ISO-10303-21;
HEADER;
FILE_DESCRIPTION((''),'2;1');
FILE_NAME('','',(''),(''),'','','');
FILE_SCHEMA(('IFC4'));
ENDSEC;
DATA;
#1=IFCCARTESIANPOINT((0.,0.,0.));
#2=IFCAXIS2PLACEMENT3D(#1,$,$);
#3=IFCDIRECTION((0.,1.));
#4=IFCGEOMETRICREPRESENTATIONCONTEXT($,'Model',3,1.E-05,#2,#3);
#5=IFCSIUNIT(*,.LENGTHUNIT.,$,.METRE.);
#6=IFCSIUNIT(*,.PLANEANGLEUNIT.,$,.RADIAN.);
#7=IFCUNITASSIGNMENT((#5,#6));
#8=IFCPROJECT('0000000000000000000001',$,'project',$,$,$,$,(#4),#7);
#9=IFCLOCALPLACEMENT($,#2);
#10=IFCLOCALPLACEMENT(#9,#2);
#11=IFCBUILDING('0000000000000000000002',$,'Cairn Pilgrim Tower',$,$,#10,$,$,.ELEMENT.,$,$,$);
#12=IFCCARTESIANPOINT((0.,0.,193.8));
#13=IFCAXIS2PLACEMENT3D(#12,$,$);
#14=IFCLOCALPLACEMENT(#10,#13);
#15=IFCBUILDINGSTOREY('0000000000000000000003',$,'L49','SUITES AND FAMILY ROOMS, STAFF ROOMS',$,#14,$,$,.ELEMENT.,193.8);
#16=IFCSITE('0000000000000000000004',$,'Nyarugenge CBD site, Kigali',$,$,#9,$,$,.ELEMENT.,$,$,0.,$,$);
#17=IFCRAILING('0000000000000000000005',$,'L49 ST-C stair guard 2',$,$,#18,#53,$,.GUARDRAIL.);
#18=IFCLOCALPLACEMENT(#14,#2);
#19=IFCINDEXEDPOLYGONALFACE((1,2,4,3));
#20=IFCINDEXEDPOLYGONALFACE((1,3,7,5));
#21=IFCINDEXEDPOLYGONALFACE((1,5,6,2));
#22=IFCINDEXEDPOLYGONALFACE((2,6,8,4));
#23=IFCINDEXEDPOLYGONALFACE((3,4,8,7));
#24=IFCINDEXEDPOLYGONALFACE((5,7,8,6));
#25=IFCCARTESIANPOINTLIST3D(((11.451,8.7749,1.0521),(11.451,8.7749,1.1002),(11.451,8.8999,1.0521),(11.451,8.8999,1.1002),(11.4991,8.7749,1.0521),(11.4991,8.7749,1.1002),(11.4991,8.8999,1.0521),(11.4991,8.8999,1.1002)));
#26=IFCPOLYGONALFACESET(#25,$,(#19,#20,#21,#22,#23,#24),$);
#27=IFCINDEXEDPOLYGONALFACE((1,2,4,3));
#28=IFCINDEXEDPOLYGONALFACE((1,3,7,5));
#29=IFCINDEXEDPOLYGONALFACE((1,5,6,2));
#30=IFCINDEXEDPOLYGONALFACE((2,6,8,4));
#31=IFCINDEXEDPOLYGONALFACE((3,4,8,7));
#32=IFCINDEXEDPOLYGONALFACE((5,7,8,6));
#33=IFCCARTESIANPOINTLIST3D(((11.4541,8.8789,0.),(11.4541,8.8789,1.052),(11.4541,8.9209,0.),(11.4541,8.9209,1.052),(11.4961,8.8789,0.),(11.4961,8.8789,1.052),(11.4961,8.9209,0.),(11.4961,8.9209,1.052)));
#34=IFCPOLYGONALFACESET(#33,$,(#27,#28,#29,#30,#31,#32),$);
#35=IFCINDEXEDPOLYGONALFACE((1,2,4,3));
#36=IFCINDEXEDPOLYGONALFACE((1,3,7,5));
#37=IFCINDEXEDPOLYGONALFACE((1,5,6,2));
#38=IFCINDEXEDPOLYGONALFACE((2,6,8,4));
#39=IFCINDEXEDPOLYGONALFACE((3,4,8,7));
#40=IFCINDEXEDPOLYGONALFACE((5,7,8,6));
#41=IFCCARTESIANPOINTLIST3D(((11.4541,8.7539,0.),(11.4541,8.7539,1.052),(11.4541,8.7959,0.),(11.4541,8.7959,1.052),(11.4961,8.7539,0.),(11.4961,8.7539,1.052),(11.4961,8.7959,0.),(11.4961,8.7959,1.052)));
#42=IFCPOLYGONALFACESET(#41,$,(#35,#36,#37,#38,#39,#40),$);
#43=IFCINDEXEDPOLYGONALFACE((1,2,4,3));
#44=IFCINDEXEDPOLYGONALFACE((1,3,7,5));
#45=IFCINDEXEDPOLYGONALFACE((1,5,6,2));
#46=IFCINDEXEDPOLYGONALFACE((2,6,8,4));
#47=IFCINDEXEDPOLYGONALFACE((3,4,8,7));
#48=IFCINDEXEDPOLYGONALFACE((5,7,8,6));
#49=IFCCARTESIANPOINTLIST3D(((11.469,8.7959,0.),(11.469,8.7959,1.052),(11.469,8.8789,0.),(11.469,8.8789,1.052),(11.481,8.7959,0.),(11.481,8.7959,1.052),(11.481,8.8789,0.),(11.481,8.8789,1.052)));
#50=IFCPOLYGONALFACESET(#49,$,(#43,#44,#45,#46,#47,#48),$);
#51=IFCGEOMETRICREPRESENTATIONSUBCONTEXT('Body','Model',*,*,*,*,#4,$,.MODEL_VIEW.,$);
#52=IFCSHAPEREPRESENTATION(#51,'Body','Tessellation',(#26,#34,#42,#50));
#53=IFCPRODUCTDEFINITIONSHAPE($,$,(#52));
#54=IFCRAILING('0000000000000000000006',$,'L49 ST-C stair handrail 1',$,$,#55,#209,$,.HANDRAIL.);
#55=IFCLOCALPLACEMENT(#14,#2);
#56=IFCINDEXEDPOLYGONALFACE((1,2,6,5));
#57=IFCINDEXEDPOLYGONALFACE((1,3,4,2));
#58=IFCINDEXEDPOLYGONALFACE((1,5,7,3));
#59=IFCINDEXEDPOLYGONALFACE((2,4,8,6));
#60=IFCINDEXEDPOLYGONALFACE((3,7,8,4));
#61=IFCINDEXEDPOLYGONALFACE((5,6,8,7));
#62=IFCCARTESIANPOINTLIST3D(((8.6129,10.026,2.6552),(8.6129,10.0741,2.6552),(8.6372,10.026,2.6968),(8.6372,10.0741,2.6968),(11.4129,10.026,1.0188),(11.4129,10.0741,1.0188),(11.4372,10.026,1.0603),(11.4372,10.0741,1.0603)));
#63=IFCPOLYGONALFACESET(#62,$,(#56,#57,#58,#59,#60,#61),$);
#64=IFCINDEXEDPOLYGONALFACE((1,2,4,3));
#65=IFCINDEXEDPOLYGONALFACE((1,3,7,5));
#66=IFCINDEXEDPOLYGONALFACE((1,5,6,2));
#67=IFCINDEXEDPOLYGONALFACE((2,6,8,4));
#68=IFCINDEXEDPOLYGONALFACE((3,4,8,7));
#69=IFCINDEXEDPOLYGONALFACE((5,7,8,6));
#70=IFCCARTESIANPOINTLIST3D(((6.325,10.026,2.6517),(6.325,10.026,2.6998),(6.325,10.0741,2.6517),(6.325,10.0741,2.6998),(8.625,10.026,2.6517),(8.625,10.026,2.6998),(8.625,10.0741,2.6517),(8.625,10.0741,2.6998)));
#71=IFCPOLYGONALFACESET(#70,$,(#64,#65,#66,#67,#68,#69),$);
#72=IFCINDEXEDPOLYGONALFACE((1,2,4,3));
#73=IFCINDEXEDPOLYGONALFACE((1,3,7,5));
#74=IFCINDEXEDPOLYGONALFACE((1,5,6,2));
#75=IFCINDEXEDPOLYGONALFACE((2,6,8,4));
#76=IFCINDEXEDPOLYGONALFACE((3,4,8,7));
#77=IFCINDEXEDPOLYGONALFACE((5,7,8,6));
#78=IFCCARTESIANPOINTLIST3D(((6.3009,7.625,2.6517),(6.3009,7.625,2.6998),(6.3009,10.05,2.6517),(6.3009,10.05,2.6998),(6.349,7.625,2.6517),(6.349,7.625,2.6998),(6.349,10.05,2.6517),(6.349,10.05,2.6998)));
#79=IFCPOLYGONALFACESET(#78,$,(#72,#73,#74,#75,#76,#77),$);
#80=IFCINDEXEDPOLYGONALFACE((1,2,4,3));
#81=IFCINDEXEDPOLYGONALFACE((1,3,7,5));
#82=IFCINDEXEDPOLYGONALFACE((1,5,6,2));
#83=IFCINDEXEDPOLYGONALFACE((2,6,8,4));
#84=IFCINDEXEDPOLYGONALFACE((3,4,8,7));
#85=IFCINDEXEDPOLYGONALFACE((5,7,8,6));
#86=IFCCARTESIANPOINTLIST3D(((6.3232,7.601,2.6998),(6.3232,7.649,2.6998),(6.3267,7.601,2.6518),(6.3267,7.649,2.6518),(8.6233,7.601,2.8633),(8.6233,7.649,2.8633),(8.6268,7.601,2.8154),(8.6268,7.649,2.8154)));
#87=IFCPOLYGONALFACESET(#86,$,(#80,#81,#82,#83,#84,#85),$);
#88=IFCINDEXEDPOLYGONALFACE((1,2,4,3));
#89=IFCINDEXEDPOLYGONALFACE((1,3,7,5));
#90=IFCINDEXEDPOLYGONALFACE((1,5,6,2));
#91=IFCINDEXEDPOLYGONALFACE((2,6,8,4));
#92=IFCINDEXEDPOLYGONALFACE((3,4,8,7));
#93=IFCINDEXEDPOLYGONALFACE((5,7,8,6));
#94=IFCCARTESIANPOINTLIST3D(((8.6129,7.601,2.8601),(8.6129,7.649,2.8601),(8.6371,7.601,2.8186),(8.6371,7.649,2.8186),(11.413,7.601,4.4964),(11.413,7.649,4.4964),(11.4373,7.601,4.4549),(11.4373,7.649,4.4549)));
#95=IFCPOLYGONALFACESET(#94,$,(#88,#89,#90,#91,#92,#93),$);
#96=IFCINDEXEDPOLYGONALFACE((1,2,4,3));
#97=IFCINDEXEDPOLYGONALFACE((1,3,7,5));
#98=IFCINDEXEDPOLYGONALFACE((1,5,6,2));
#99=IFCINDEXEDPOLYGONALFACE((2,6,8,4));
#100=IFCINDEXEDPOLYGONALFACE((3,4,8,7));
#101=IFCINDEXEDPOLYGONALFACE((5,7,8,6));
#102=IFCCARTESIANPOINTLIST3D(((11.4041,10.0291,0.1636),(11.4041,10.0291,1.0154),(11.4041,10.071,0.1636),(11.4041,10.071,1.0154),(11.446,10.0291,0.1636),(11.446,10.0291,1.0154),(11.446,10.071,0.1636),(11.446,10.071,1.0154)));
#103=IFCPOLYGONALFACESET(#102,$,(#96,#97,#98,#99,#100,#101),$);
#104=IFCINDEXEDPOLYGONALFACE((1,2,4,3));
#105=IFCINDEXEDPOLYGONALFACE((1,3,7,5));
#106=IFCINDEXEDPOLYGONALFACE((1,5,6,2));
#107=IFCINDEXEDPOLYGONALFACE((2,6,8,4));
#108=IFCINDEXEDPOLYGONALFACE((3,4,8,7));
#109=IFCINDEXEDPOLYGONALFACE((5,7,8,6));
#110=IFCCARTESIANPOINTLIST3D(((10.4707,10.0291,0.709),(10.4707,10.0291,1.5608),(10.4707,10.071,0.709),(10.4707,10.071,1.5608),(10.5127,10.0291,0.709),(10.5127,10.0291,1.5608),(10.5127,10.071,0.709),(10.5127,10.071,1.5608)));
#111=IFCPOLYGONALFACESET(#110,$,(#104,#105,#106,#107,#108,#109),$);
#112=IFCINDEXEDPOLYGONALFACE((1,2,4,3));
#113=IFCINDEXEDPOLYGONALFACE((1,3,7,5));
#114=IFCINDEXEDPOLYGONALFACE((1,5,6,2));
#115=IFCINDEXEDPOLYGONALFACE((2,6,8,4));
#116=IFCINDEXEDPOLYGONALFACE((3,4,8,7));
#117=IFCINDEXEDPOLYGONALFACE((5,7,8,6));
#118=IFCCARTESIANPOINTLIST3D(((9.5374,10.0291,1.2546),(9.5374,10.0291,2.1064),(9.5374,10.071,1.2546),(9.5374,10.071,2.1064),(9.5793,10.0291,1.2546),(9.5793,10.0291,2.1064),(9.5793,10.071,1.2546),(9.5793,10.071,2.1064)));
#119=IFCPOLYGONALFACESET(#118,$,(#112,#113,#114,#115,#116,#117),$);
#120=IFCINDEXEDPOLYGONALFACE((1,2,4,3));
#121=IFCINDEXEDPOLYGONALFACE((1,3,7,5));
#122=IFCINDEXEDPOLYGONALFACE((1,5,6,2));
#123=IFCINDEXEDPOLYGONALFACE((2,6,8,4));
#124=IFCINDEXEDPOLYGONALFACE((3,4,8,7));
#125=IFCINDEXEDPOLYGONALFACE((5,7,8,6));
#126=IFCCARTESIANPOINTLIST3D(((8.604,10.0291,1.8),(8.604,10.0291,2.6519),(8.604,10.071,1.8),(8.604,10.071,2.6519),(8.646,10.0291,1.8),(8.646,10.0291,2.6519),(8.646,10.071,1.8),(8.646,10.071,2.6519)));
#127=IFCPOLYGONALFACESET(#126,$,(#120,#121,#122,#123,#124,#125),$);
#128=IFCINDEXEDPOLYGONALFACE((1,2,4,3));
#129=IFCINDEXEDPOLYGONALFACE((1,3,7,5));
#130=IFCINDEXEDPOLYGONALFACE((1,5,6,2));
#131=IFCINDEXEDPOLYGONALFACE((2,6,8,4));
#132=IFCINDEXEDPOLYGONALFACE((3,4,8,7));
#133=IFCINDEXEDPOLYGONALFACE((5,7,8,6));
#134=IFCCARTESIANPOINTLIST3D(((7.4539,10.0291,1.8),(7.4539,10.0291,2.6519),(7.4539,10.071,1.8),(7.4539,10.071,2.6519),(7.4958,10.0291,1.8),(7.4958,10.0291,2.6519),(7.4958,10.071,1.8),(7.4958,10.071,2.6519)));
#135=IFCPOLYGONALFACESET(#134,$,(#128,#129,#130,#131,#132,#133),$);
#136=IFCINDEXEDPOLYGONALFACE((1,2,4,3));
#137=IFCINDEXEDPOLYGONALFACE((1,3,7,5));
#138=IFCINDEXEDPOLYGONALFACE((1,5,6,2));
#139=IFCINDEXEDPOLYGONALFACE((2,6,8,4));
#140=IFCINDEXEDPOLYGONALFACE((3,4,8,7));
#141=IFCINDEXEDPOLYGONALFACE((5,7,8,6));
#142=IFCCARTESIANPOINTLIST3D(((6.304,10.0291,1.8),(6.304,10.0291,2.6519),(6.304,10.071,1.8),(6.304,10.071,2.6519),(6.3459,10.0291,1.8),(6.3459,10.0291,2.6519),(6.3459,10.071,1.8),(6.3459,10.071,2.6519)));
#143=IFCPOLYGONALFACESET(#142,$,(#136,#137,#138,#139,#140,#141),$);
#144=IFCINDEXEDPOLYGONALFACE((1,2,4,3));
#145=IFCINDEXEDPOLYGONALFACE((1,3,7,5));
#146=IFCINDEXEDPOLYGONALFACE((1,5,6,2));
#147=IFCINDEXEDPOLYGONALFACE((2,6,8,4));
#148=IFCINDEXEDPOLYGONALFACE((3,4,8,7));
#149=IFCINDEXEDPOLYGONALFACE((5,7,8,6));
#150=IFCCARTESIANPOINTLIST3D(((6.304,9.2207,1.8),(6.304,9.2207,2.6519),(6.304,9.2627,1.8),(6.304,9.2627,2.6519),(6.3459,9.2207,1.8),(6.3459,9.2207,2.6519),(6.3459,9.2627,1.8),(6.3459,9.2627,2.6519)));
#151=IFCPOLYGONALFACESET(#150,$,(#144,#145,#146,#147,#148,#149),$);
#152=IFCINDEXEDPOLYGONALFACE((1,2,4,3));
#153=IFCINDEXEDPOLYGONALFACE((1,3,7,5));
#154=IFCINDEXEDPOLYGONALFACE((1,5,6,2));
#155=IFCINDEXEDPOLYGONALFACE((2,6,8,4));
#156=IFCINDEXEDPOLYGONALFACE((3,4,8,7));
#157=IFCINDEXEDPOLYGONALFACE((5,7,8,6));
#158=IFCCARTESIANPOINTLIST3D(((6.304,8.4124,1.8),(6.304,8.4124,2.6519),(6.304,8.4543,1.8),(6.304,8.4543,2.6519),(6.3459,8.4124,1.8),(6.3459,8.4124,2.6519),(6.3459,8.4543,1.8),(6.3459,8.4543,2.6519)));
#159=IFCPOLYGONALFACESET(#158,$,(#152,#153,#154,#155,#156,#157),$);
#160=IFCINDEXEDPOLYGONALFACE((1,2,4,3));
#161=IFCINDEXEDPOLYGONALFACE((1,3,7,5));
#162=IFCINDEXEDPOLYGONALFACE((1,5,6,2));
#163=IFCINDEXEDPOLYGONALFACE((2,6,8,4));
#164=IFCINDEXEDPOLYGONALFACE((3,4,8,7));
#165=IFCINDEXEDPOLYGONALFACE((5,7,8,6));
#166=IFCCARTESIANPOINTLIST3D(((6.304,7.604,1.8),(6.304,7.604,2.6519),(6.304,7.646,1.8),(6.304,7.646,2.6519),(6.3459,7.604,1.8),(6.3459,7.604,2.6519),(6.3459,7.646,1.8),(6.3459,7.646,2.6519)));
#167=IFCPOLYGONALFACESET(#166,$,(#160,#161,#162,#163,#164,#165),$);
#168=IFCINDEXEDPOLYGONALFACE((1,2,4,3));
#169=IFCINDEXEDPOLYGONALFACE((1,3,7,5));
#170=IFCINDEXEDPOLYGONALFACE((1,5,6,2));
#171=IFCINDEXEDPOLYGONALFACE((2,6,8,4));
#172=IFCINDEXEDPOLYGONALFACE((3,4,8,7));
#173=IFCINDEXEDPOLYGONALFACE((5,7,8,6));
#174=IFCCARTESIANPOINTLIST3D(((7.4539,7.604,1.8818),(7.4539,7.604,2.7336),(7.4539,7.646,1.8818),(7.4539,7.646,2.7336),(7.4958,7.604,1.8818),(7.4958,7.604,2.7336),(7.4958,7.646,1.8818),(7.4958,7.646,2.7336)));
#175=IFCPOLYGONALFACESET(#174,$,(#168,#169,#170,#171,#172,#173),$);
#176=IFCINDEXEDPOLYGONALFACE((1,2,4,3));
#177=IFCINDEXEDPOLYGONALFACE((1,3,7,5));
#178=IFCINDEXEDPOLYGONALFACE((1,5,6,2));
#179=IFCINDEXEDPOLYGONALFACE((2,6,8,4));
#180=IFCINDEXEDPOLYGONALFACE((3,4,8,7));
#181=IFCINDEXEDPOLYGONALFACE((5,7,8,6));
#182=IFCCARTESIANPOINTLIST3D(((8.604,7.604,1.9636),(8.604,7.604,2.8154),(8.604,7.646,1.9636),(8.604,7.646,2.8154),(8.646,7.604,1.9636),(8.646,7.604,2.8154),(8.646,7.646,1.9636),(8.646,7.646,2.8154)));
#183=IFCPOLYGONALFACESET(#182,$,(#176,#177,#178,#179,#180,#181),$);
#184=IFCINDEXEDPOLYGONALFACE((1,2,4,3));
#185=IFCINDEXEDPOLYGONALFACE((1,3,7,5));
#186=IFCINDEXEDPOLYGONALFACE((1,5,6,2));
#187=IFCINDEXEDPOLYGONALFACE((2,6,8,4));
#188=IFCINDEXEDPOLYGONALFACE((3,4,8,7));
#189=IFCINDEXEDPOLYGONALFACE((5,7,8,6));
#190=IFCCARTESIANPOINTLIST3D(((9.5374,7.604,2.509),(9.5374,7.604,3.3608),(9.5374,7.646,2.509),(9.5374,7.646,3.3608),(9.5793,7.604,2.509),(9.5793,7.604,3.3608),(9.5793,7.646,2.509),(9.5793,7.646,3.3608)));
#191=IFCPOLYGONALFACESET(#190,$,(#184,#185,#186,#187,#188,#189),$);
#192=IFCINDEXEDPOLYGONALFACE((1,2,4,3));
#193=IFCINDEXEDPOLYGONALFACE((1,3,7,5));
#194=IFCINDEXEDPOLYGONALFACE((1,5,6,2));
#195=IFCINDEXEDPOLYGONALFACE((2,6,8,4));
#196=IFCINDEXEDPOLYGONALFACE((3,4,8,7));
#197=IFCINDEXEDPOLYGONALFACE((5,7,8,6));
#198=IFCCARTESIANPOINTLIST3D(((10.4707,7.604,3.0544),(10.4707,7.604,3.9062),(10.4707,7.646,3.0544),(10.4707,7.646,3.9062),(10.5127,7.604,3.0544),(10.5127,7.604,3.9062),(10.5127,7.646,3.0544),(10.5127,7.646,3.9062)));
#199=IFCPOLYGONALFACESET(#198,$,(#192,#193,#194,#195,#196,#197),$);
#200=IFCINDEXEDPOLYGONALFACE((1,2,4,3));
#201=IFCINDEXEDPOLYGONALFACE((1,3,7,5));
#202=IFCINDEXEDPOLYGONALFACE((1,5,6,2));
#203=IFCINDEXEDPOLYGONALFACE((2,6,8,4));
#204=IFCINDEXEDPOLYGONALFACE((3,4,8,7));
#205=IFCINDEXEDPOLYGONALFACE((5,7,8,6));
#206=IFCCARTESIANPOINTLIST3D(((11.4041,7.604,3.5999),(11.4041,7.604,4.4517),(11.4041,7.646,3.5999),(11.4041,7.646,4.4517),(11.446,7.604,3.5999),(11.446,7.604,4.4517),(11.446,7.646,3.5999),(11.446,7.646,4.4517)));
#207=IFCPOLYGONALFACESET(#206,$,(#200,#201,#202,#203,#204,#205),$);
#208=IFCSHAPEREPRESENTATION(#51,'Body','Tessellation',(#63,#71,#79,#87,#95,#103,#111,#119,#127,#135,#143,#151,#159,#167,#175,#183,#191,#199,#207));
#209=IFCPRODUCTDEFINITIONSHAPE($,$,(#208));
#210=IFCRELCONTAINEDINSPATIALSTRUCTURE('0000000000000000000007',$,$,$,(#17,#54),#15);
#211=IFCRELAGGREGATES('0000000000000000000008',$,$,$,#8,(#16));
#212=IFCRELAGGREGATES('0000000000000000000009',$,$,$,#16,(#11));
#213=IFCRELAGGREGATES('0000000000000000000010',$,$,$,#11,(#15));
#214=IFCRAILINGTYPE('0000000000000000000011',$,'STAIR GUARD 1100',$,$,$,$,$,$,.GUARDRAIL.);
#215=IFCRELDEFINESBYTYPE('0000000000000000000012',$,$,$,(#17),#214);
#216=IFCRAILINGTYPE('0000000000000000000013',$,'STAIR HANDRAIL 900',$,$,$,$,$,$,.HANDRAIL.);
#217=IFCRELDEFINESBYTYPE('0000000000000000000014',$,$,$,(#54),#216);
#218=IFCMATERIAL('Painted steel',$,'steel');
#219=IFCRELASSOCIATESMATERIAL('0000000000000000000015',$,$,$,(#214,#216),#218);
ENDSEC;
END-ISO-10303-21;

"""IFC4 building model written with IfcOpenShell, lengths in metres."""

from ifc_helpers import new_model, si_unit, direction, frame, origin, origin_2d, place, context, subcontext, project, spatial, polyline, rectangle, outline, extrude, material, type_object, element, save


model = new_model("IFC4")

# Units and contexts
model_context = context("Model", 3, precision=1e-05, world=origin(), true_north=direction((0.0, 1.0)))
body_context = subcontext(model_context, "Body", "Model", "MODEL_VIEW")
ifc_project = project(units=[si_unit("LENGTHUNIT", "METRE"), si_unit("PLANEANGLEUNIT", "RADIAN")], contexts=[model_context])

# Site, building, storey
site_placement = place(None, origin())
site = spatial("IfcSite", under=ifc_project, at=site_placement, Name="Nyarugenge CBD site, Kigali", CompositionType="ELEMENT", RefElevation=0.0)
building_placement = place(site_placement, origin())
building = spatial("IfcBuilding", under=site, at=building_placement, Name="Cairn Pilgrim Tower", CompositionType="ELEMENT")
storey_placement = place(building_placement, frame((0.0, 0.0, 193.8)))
storey = spatial("IfcBuildingStorey", under=building, at=storey_placement, Name="L49", Description="SUITES AND FAMILY ROOMS, STAFF ROOMS", CompositionType="ELEMENT", Elevation=193.8)

# Shared definitions
ifc_material_1 = material(Name="Painted steel", Category="steel")

# Railings
railing_type_1 = type_object("IfcRailingType", Name="STAIR GUARD 1100", PredefinedType="GUARDRAIL", material=ifc_material_1)
railing_1_placement = place(storey_placement, frame((11.4751, 8.8999, 0.0)))
element("IfcRailing", 1, at=railing_1_placement, inside=storey, type_object=railing_type_1, Name="L49 ST-C stair guard 2", PredefinedType="GUARDRAIL", context=body_context, shape_type="SweptSolid", body=[
    extrude(rectangle(XDim=0.0481, YDim=0.0481, at=origin_2d()), frame((0.0, 0.0, 1.0762), z_axis=(0.0, -1.0, 0.0), x_axis=(1.0, 0.0, 0.0)), (0.0, 0.0, 1.0), 0.125),
    extrude(rectangle(XDim=0.042, YDim=0.042, at=origin_2d()), origin(), (0.0, 0.0, 1.0), 1.052),
    extrude(rectangle(XDim=0.042, YDim=0.042, at=origin_2d()), frame((0.0, -0.125, 0.0)), (0.0, 0.0, 1.0), 1.052),
    extrude(outline(polyline([(0.021, 0.0), (0.104, 0.0), (0.104, 1.052), (0.021, 1.052), (0.021, 0.0)])), frame((0.0059, 0.0, 0.0), z_axis=(-1.0, 0.0, 0.0), x_axis=(0.0, -1.0, 0.0)), (0.0, 0.0, 1.0), 0.012),
])
railing_type_2 = type_object("IfcRailingType", Name="STAIR HANDRAIL 900", PredefinedType="HANDRAIL", material=ifc_material_1)
railing_2_placement = place(storey_placement, frame((11.425, 10.05, 0.1636)))
element("IfcRailing", 2, at=railing_2_placement, inside=storey, type_object=railing_type_2, Name="L49 ST-C stair handrail 1", PredefinedType="HANDRAIL", context=body_context, shape_type="SweptSolid", body=[
    extrude(rectangle(XDim=0.0481, YDim=0.0481, at=origin_2d()), frame((0.0, 0.0, 0.876), z_axis=(-0.863361, 0.0, 0.504587), x_axis=(0.0, -1.0, 0.0)), (0.0, 0.0, 1.0), 3.2432),
    extrude(rectangle(XDim=0.0481, YDim=0.0481, at=origin_2d()), frame((-2.8, 0.0, 2.5122), z_axis=(-1.0, 0.0, 0.0), x_axis=(0.0, -1.0, 0.0)), (0.0, 0.0, 1.0), 2.3),
    extrude(rectangle(XDim=0.0481, YDim=0.0481, at=origin_2d()), frame((-5.1001, 0.0, 2.5122), z_axis=(0.0, -1.0, 0.0), x_axis=(1.0, 0.0, 0.0)), (0.0, 0.0, 1.0), 2.425),
    extrude(rectangle(XDim=0.0481, YDim=0.0481, at=origin_2d()), frame((-5.1001, -2.425, 2.5122), z_axis=(0.997481, 0.0, 0.070939), x_axis=(0.0, 1.0, 0.0)), (0.0, 0.0, 1.0), 2.3059),
    extrude(rectangle(XDim=0.0481, YDim=0.0481, at=origin_2d()), frame((-2.8, -2.425, 2.6758), z_axis=(0.863394, 0.0, 0.504531), x_axis=(0.0, 1.0, 0.0)), (0.0, 0.0, 1.0), 3.2432),
    extrude(rectangle(XDim=0.042, YDim=0.042, at=origin_2d()), origin(), (0.0, 0.0, 1.0), 0.8518),
    extrude(rectangle(XDim=0.042, YDim=0.042, at=origin_2d()), frame((-0.9333, 0.0, 0.5454)), (0.0, 0.0, 1.0), 0.8518),
    extrude(rectangle(XDim=0.042, YDim=0.042, at=origin_2d()), frame((-1.8667, 0.0, 1.0911)), (0.0, 0.0, 1.0), 0.8518),
    extrude(rectangle(XDim=0.042, YDim=0.042, at=origin_2d()), frame((-2.8, 0.0, 1.6365)), (0.0, 0.0, 1.0), 0.8518),
    extrude(rectangle(XDim=0.042, YDim=0.042, at=origin_2d()), frame((-3.9502, 0.0, 1.6365)), (0.0, 0.0, 1.0), 0.8518),
    extrude(rectangle(XDim=0.042, YDim=0.042, at=origin_2d()), frame((-5.1001, 0.0, 1.6365)), (0.0, 0.0, 1.0), 0.8518),
    extrude(rectangle(XDim=0.042, YDim=0.042, at=origin_2d()), frame((-5.1001, -0.8083, 1.6365)), (0.0, 0.0, 1.0), 0.8518),
    extrude(rectangle(XDim=0.042, YDim=0.042, at=origin_2d()), frame((-5.1001, -1.6167, 1.6365)), (0.0, 0.0, 1.0), 0.8518),
    extrude(rectangle(XDim=0.042, YDim=0.042, at=origin_2d()), frame((-5.1001, -2.425, 1.6365)), (0.0, 0.0, 1.0), 0.8518),
    extrude(rectangle(XDim=0.042, YDim=0.042, at=origin_2d()), frame((-3.9502, -2.425, 1.7183)), (0.0, 0.0, 1.0), 0.8518),
    extrude(rectangle(XDim=0.042, YDim=0.042, at=origin_2d()), frame((-2.8, -2.425, 1.8)), (0.0, 0.0, 1.0), 0.8518),
    extrude(rectangle(XDim=0.042, YDim=0.042, at=origin_2d()), frame((-1.8667, -2.425, 2.3455)), (0.0, 0.0, 1.0), 0.8518),
    extrude(rectangle(XDim=0.042, YDim=0.042, at=origin_2d()), frame((-0.9333, -2.425, 2.8909)), (0.0, 0.0, 1.0), 0.8518),
    extrude(rectangle(XDim=0.042, YDim=0.042, at=origin_2d()), frame((0.0, -2.425, 3.4363)), (0.0, 0.0, 1.0), 0.8518),
])

save(model, "model.ifc")
